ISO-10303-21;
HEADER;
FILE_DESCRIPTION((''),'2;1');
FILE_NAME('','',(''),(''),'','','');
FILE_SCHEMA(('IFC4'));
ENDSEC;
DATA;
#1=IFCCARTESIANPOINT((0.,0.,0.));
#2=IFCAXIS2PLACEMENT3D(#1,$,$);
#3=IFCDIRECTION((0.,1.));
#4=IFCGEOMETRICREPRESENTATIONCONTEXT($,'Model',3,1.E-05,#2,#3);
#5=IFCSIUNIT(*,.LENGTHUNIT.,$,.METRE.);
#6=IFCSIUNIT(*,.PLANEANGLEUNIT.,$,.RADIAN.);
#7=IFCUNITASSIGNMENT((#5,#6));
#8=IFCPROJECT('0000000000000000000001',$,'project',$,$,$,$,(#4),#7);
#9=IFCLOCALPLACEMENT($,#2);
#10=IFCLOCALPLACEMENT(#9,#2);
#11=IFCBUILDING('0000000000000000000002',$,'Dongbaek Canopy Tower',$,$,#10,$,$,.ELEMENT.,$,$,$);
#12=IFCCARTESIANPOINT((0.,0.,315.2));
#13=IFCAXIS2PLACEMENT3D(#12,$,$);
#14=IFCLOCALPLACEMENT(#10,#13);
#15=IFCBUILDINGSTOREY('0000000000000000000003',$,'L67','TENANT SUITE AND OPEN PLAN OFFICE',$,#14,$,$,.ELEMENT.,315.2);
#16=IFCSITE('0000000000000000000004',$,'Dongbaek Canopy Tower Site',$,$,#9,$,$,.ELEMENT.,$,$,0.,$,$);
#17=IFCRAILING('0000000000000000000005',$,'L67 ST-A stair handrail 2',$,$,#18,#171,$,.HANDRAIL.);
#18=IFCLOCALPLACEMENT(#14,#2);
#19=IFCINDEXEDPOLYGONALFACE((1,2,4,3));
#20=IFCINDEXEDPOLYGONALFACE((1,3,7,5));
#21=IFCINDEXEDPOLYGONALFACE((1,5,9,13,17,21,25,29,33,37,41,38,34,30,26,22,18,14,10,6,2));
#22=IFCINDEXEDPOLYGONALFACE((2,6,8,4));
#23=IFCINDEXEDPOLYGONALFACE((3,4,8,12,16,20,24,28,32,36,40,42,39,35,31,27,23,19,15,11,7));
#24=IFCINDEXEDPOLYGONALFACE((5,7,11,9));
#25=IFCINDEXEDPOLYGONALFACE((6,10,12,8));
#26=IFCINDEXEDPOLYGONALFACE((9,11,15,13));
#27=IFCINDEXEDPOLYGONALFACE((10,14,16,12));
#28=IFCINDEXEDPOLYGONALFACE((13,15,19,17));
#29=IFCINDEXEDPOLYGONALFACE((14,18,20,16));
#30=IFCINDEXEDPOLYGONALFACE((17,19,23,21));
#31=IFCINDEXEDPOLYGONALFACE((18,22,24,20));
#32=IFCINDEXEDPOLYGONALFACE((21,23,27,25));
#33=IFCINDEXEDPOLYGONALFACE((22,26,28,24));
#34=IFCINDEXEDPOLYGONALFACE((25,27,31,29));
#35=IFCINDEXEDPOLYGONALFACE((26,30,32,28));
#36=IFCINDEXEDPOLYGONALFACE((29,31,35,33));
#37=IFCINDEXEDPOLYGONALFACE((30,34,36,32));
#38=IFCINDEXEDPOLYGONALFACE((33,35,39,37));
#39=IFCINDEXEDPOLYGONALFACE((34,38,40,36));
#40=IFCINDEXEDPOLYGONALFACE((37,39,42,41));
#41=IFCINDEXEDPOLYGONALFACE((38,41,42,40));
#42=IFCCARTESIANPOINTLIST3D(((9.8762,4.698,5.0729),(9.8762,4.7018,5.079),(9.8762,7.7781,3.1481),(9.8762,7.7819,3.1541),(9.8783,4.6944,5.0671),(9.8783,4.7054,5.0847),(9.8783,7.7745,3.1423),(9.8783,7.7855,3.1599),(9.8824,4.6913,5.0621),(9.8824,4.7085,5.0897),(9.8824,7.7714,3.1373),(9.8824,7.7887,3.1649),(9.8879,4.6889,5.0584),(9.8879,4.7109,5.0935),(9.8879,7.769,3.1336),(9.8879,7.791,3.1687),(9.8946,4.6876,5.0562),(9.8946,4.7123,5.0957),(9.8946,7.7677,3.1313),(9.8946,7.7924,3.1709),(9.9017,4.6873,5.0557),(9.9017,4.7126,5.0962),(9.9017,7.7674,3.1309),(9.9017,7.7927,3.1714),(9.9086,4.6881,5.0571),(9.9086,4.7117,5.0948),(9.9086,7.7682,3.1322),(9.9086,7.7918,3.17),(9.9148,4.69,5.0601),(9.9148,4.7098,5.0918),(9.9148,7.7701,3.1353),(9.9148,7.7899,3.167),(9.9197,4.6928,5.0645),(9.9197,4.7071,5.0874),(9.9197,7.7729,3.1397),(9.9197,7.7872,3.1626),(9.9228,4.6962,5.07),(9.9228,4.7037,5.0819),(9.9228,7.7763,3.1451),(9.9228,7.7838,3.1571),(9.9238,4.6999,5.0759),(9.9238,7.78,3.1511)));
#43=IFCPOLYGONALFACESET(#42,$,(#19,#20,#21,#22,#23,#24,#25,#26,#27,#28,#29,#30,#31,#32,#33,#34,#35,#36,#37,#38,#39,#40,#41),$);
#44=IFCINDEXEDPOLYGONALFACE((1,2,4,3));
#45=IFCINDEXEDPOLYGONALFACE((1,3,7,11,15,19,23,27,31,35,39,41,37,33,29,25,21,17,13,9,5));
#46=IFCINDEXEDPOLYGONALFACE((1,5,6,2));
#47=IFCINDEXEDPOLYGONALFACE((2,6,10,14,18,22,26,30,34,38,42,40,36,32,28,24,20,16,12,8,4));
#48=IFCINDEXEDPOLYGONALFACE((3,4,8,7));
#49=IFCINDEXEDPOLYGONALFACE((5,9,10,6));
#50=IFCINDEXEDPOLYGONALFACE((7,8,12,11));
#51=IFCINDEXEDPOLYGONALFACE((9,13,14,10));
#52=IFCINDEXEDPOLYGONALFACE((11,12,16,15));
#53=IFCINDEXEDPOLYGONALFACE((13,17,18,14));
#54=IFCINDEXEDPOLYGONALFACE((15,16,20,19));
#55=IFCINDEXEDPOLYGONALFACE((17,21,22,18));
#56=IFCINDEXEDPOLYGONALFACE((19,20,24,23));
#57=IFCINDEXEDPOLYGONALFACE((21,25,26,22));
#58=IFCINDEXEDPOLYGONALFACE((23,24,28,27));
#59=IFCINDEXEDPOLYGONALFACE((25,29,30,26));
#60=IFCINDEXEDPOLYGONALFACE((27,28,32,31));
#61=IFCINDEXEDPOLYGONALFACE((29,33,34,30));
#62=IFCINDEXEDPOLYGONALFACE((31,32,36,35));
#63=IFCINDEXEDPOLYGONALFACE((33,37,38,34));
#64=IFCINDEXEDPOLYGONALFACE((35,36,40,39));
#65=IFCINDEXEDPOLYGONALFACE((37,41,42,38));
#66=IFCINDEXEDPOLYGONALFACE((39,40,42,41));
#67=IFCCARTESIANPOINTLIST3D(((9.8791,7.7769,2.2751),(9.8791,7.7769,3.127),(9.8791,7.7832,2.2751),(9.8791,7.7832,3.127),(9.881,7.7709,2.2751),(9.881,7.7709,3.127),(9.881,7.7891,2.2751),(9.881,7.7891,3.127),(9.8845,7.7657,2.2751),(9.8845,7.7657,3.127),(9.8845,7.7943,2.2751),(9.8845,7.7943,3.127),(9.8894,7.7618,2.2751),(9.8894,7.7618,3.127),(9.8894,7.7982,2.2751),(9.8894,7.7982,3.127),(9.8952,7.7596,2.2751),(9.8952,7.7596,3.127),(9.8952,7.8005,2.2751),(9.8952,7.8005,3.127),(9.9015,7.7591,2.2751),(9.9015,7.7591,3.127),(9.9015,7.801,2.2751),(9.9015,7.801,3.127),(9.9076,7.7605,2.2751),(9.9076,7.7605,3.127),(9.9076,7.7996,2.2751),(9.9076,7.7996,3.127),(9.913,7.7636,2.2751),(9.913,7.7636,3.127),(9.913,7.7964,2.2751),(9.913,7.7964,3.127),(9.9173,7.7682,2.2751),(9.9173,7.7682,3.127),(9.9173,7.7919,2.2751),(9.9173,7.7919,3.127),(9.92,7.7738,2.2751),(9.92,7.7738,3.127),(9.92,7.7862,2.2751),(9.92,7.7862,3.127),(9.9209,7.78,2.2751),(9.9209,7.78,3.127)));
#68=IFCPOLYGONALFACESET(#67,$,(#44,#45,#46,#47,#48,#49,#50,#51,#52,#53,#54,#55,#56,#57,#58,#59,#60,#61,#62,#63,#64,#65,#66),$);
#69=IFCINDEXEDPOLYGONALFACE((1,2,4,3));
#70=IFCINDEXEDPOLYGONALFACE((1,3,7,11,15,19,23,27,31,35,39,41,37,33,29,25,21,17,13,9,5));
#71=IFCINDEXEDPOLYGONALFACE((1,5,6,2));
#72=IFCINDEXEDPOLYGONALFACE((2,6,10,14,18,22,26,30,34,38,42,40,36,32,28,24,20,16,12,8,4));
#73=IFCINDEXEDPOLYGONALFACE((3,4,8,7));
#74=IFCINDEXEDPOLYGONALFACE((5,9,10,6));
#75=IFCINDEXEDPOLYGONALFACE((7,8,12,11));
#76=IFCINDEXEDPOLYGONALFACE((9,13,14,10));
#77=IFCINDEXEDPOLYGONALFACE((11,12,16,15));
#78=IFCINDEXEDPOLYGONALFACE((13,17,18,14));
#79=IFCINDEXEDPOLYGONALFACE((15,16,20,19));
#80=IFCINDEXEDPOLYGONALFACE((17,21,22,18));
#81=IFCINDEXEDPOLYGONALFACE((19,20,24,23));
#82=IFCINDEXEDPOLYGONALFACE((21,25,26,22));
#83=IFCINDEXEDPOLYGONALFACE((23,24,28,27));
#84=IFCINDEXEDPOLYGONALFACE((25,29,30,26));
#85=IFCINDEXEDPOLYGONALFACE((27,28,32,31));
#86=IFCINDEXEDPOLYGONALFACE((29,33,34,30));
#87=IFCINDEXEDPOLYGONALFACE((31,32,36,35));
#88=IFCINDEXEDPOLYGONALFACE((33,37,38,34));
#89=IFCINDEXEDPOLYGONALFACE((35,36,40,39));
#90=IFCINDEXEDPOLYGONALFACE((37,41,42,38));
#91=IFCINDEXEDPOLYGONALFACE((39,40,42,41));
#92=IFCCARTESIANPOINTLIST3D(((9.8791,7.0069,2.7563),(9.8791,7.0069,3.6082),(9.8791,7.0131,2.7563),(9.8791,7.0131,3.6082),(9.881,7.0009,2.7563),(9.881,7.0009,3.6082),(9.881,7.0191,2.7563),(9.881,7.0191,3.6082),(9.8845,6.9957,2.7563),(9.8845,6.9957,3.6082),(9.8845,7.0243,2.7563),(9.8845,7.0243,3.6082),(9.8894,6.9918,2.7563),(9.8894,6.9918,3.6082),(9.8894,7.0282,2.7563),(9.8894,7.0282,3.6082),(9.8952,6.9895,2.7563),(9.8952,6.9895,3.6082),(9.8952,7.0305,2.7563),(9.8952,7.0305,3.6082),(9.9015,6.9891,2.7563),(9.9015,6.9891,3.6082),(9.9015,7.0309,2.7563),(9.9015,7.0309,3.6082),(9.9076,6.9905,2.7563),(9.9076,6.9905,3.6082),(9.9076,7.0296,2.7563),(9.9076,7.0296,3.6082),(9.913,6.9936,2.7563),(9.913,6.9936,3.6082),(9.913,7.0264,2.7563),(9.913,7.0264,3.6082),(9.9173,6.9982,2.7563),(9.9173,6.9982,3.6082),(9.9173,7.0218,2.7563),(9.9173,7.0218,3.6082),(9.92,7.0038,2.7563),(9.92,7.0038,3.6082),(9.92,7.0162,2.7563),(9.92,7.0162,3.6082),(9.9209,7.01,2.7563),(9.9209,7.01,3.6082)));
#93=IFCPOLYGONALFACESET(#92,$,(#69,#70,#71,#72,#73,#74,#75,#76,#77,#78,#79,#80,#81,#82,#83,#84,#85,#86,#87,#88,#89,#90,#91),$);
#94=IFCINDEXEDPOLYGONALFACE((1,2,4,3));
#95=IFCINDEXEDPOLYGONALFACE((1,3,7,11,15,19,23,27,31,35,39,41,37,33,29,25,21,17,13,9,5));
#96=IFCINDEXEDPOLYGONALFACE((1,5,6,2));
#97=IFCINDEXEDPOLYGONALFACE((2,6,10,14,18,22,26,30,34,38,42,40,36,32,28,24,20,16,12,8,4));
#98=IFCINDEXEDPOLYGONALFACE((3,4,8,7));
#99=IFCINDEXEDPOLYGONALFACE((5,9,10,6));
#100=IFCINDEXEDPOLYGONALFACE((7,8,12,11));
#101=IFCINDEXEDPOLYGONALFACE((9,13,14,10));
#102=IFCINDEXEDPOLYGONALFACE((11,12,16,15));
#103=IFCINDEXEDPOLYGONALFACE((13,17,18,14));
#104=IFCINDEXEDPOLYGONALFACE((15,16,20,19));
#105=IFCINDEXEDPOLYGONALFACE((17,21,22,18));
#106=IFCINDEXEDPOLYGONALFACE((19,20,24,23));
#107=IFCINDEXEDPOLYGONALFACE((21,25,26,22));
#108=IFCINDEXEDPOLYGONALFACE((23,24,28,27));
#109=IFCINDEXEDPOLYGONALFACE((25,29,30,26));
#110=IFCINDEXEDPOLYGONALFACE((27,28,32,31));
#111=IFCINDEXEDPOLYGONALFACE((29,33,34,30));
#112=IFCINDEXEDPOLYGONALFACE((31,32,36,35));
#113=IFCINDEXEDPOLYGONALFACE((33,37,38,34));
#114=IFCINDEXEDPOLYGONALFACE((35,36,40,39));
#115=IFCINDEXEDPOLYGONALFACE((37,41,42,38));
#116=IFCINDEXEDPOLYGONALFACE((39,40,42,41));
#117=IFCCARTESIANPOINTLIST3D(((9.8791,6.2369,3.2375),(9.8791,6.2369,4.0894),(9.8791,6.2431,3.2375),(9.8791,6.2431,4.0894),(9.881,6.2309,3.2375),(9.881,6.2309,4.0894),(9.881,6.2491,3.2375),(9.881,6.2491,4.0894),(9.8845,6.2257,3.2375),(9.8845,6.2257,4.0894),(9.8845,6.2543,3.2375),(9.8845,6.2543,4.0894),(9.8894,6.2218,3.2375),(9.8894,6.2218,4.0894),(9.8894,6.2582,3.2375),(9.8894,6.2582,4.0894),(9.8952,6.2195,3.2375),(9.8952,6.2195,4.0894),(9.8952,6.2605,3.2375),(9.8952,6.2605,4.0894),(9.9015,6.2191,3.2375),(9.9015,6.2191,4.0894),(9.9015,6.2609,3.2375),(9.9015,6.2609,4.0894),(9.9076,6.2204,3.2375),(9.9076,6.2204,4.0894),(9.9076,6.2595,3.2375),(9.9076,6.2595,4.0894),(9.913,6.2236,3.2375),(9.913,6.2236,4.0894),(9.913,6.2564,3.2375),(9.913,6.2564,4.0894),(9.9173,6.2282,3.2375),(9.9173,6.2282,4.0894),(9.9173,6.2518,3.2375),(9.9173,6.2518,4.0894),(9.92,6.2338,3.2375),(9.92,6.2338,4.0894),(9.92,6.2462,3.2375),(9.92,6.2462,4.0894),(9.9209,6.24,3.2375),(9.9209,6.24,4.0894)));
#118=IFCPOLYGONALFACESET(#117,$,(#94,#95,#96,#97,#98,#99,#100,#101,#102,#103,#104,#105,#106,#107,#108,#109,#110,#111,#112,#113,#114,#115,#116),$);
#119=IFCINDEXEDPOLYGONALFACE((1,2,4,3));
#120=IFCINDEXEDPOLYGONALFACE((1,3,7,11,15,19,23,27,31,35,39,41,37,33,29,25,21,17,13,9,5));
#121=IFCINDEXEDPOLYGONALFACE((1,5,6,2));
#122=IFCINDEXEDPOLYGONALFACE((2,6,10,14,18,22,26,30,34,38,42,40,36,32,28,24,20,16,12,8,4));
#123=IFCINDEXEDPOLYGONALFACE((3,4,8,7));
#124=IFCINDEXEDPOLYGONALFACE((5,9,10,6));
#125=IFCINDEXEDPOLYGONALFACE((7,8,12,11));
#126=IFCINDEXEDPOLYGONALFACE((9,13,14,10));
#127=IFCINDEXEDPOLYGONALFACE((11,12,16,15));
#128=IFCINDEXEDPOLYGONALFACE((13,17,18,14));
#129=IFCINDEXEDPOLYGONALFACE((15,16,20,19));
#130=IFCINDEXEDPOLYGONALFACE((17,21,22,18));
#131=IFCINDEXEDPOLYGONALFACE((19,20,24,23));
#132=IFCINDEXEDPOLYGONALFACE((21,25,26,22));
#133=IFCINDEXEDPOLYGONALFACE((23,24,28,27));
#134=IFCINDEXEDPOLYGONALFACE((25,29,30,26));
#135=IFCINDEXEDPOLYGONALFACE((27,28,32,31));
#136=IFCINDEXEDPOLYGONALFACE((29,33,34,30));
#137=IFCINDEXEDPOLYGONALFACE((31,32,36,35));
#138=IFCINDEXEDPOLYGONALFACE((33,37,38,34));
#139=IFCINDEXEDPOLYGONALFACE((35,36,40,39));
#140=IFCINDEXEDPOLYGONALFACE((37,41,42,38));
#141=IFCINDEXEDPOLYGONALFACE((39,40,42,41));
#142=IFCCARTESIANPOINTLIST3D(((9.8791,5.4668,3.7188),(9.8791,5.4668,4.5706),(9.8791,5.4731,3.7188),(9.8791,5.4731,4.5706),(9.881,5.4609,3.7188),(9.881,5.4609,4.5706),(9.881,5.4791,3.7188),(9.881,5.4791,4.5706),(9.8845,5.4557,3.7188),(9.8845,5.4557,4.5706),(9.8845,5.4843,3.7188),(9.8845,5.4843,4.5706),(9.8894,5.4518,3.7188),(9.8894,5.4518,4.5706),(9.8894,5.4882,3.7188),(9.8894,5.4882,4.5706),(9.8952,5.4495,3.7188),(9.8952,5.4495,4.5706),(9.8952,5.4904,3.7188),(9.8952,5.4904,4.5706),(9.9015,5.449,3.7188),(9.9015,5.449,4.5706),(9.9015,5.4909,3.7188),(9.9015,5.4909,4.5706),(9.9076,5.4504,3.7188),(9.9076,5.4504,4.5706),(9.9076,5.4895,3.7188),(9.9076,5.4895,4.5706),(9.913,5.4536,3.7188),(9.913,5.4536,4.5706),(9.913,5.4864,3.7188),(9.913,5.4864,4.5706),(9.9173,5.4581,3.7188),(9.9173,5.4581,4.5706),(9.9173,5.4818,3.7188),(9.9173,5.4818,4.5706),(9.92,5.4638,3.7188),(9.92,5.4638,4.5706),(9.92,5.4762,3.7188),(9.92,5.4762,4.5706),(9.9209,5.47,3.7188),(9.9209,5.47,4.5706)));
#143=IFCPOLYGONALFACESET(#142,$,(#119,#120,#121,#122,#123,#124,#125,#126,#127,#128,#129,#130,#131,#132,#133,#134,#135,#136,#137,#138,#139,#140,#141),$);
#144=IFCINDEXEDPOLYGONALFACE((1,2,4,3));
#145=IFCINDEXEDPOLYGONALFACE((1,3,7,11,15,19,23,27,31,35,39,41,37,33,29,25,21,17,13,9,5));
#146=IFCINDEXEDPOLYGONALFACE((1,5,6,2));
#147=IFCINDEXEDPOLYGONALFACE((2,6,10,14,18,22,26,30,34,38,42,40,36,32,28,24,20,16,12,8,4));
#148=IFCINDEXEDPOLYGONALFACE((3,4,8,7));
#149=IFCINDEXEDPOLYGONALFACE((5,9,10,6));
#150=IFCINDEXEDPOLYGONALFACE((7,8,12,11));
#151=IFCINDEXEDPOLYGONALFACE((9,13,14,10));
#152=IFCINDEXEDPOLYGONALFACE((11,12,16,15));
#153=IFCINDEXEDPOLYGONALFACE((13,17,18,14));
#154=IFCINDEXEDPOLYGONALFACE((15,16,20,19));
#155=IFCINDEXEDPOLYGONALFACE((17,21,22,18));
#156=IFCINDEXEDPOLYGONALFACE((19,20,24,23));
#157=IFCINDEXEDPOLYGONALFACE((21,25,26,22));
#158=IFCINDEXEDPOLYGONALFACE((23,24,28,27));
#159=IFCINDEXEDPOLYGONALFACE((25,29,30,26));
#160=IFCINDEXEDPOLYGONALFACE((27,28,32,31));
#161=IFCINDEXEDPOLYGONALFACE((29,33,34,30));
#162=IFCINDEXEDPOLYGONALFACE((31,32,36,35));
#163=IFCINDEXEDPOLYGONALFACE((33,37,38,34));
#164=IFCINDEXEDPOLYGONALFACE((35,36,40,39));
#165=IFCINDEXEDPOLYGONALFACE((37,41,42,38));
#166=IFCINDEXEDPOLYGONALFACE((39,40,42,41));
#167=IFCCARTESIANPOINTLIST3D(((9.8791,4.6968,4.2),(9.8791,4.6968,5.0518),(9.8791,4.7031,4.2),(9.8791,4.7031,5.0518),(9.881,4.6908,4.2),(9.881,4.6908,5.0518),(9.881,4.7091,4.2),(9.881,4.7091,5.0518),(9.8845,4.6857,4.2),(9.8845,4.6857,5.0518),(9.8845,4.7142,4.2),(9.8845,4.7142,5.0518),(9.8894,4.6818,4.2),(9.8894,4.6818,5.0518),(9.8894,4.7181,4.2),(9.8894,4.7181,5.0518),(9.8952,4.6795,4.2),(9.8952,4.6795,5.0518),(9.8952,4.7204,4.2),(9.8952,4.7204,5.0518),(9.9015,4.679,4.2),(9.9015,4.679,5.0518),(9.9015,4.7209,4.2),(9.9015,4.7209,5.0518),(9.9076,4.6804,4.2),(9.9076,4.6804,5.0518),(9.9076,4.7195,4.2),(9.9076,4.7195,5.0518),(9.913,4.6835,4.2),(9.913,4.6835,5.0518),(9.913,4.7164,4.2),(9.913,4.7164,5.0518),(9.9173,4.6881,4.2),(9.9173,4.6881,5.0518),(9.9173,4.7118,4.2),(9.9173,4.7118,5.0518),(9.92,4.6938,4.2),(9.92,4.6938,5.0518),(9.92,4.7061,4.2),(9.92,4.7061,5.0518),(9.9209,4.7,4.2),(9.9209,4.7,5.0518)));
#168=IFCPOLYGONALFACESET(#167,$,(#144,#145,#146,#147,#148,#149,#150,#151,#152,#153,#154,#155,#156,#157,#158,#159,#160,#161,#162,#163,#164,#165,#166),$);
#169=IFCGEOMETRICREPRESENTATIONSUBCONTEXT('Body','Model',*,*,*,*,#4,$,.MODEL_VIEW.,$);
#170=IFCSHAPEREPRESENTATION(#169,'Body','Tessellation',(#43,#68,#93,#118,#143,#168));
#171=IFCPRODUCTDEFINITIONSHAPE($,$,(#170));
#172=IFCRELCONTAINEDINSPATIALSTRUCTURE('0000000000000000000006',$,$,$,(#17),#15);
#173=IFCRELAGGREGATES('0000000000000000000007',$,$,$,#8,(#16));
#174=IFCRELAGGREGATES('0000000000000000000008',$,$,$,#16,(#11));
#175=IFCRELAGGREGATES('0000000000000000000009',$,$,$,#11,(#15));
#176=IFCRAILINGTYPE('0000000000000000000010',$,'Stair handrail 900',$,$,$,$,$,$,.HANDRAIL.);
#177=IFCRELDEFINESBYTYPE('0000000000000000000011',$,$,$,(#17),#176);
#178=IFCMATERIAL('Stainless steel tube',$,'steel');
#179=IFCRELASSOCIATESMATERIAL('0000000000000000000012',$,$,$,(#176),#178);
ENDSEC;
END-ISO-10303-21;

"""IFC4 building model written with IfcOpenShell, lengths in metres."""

from ifc_helpers import new_model, si_unit, direction, frame, origin, origin_2d, place, context, subcontext, project, spatial, circle, extrude, material, type_object, element, save


model = new_model("IFC4")

# Units and contexts
model_context = context("Model", 3, precision=1e-05, world=origin(), true_north=direction((0.0, 1.0)))
body_context = subcontext(model_context, "Body", "Model", "MODEL_VIEW")
ifc_project = project(units=[si_unit("LENGTHUNIT", "METRE"), si_unit("PLANEANGLEUNIT", "RADIAN")], contexts=[model_context])

# Site, building, storey
site_placement = place(None, origin())
site = spatial("IfcSite", under=ifc_project, at=site_placement, Name="Dongbaek Canopy Tower Site", CompositionType="ELEMENT", RefElevation=0.0)
building_placement = place(site_placement, origin())
building = spatial("IfcBuilding", under=site, at=building_placement, Name="Dongbaek Canopy Tower", CompositionType="ELEMENT")
storey_placement = place(building_placement, frame((0.0, 0.0, 315.2)))
storey = spatial("IfcBuildingStorey", under=building, at=storey_placement, Name="L67", Description="TENANT SUITE AND OPEN PLAN OFFICE", CompositionType="ELEMENT", Elevation=315.2)

# Railing
ifc_material_1 = material(Name="Stainless steel tube", Category="steel")
railing_type_1 = type_object("IfcRailingType", Name="Stair handrail 900", PredefinedType="HANDRAIL", material=ifc_material_1)
railing_1_placement = place(storey_placement, frame((9.8999, 7.78, 2.2751)))
element("IfcRailing", 1, at=railing_1_placement, inside=storey, type_object=railing_type_1, Name="L67 ST-A stair handrail 2", PredefinedType="HANDRAIL", context=body_context, shape_type="SweptSolid", body=[
    extrude(circle(Radius=0.0239, at=origin_2d()), frame((0.0, 0.0, 0.876), z_axis=(0.0, -0.848029, 0.529951), x_axis=(1.0, 0.0, 0.0)), (0.0, 0.0, 1.0), 3.6321),
    extrude(circle(Radius=0.021, at=origin_2d()), origin(), (0.0, 0.0, 1.0), 0.8518),
    extrude(circle(Radius=0.021, at=origin_2d()), frame((0.0, -0.77, 0.4812)), (0.0, 0.0, 1.0), 0.8518),
    extrude(circle(Radius=0.021, at=origin_2d()), frame((0.0, -1.54, 0.9624)), (0.0, 0.0, 1.0), 0.8518),
    extrude(circle(Radius=0.021, at=origin_2d()), frame((0.0, -2.3101, 1.4436)), (0.0, 0.0, 1.0), 0.8518),
    extrude(circle(Radius=0.021, at=origin_2d()), frame((0.0, -3.0801, 1.9248)), (0.0, 0.0, 1.0), 0.8518),
])

save(model, "model.ifc")
